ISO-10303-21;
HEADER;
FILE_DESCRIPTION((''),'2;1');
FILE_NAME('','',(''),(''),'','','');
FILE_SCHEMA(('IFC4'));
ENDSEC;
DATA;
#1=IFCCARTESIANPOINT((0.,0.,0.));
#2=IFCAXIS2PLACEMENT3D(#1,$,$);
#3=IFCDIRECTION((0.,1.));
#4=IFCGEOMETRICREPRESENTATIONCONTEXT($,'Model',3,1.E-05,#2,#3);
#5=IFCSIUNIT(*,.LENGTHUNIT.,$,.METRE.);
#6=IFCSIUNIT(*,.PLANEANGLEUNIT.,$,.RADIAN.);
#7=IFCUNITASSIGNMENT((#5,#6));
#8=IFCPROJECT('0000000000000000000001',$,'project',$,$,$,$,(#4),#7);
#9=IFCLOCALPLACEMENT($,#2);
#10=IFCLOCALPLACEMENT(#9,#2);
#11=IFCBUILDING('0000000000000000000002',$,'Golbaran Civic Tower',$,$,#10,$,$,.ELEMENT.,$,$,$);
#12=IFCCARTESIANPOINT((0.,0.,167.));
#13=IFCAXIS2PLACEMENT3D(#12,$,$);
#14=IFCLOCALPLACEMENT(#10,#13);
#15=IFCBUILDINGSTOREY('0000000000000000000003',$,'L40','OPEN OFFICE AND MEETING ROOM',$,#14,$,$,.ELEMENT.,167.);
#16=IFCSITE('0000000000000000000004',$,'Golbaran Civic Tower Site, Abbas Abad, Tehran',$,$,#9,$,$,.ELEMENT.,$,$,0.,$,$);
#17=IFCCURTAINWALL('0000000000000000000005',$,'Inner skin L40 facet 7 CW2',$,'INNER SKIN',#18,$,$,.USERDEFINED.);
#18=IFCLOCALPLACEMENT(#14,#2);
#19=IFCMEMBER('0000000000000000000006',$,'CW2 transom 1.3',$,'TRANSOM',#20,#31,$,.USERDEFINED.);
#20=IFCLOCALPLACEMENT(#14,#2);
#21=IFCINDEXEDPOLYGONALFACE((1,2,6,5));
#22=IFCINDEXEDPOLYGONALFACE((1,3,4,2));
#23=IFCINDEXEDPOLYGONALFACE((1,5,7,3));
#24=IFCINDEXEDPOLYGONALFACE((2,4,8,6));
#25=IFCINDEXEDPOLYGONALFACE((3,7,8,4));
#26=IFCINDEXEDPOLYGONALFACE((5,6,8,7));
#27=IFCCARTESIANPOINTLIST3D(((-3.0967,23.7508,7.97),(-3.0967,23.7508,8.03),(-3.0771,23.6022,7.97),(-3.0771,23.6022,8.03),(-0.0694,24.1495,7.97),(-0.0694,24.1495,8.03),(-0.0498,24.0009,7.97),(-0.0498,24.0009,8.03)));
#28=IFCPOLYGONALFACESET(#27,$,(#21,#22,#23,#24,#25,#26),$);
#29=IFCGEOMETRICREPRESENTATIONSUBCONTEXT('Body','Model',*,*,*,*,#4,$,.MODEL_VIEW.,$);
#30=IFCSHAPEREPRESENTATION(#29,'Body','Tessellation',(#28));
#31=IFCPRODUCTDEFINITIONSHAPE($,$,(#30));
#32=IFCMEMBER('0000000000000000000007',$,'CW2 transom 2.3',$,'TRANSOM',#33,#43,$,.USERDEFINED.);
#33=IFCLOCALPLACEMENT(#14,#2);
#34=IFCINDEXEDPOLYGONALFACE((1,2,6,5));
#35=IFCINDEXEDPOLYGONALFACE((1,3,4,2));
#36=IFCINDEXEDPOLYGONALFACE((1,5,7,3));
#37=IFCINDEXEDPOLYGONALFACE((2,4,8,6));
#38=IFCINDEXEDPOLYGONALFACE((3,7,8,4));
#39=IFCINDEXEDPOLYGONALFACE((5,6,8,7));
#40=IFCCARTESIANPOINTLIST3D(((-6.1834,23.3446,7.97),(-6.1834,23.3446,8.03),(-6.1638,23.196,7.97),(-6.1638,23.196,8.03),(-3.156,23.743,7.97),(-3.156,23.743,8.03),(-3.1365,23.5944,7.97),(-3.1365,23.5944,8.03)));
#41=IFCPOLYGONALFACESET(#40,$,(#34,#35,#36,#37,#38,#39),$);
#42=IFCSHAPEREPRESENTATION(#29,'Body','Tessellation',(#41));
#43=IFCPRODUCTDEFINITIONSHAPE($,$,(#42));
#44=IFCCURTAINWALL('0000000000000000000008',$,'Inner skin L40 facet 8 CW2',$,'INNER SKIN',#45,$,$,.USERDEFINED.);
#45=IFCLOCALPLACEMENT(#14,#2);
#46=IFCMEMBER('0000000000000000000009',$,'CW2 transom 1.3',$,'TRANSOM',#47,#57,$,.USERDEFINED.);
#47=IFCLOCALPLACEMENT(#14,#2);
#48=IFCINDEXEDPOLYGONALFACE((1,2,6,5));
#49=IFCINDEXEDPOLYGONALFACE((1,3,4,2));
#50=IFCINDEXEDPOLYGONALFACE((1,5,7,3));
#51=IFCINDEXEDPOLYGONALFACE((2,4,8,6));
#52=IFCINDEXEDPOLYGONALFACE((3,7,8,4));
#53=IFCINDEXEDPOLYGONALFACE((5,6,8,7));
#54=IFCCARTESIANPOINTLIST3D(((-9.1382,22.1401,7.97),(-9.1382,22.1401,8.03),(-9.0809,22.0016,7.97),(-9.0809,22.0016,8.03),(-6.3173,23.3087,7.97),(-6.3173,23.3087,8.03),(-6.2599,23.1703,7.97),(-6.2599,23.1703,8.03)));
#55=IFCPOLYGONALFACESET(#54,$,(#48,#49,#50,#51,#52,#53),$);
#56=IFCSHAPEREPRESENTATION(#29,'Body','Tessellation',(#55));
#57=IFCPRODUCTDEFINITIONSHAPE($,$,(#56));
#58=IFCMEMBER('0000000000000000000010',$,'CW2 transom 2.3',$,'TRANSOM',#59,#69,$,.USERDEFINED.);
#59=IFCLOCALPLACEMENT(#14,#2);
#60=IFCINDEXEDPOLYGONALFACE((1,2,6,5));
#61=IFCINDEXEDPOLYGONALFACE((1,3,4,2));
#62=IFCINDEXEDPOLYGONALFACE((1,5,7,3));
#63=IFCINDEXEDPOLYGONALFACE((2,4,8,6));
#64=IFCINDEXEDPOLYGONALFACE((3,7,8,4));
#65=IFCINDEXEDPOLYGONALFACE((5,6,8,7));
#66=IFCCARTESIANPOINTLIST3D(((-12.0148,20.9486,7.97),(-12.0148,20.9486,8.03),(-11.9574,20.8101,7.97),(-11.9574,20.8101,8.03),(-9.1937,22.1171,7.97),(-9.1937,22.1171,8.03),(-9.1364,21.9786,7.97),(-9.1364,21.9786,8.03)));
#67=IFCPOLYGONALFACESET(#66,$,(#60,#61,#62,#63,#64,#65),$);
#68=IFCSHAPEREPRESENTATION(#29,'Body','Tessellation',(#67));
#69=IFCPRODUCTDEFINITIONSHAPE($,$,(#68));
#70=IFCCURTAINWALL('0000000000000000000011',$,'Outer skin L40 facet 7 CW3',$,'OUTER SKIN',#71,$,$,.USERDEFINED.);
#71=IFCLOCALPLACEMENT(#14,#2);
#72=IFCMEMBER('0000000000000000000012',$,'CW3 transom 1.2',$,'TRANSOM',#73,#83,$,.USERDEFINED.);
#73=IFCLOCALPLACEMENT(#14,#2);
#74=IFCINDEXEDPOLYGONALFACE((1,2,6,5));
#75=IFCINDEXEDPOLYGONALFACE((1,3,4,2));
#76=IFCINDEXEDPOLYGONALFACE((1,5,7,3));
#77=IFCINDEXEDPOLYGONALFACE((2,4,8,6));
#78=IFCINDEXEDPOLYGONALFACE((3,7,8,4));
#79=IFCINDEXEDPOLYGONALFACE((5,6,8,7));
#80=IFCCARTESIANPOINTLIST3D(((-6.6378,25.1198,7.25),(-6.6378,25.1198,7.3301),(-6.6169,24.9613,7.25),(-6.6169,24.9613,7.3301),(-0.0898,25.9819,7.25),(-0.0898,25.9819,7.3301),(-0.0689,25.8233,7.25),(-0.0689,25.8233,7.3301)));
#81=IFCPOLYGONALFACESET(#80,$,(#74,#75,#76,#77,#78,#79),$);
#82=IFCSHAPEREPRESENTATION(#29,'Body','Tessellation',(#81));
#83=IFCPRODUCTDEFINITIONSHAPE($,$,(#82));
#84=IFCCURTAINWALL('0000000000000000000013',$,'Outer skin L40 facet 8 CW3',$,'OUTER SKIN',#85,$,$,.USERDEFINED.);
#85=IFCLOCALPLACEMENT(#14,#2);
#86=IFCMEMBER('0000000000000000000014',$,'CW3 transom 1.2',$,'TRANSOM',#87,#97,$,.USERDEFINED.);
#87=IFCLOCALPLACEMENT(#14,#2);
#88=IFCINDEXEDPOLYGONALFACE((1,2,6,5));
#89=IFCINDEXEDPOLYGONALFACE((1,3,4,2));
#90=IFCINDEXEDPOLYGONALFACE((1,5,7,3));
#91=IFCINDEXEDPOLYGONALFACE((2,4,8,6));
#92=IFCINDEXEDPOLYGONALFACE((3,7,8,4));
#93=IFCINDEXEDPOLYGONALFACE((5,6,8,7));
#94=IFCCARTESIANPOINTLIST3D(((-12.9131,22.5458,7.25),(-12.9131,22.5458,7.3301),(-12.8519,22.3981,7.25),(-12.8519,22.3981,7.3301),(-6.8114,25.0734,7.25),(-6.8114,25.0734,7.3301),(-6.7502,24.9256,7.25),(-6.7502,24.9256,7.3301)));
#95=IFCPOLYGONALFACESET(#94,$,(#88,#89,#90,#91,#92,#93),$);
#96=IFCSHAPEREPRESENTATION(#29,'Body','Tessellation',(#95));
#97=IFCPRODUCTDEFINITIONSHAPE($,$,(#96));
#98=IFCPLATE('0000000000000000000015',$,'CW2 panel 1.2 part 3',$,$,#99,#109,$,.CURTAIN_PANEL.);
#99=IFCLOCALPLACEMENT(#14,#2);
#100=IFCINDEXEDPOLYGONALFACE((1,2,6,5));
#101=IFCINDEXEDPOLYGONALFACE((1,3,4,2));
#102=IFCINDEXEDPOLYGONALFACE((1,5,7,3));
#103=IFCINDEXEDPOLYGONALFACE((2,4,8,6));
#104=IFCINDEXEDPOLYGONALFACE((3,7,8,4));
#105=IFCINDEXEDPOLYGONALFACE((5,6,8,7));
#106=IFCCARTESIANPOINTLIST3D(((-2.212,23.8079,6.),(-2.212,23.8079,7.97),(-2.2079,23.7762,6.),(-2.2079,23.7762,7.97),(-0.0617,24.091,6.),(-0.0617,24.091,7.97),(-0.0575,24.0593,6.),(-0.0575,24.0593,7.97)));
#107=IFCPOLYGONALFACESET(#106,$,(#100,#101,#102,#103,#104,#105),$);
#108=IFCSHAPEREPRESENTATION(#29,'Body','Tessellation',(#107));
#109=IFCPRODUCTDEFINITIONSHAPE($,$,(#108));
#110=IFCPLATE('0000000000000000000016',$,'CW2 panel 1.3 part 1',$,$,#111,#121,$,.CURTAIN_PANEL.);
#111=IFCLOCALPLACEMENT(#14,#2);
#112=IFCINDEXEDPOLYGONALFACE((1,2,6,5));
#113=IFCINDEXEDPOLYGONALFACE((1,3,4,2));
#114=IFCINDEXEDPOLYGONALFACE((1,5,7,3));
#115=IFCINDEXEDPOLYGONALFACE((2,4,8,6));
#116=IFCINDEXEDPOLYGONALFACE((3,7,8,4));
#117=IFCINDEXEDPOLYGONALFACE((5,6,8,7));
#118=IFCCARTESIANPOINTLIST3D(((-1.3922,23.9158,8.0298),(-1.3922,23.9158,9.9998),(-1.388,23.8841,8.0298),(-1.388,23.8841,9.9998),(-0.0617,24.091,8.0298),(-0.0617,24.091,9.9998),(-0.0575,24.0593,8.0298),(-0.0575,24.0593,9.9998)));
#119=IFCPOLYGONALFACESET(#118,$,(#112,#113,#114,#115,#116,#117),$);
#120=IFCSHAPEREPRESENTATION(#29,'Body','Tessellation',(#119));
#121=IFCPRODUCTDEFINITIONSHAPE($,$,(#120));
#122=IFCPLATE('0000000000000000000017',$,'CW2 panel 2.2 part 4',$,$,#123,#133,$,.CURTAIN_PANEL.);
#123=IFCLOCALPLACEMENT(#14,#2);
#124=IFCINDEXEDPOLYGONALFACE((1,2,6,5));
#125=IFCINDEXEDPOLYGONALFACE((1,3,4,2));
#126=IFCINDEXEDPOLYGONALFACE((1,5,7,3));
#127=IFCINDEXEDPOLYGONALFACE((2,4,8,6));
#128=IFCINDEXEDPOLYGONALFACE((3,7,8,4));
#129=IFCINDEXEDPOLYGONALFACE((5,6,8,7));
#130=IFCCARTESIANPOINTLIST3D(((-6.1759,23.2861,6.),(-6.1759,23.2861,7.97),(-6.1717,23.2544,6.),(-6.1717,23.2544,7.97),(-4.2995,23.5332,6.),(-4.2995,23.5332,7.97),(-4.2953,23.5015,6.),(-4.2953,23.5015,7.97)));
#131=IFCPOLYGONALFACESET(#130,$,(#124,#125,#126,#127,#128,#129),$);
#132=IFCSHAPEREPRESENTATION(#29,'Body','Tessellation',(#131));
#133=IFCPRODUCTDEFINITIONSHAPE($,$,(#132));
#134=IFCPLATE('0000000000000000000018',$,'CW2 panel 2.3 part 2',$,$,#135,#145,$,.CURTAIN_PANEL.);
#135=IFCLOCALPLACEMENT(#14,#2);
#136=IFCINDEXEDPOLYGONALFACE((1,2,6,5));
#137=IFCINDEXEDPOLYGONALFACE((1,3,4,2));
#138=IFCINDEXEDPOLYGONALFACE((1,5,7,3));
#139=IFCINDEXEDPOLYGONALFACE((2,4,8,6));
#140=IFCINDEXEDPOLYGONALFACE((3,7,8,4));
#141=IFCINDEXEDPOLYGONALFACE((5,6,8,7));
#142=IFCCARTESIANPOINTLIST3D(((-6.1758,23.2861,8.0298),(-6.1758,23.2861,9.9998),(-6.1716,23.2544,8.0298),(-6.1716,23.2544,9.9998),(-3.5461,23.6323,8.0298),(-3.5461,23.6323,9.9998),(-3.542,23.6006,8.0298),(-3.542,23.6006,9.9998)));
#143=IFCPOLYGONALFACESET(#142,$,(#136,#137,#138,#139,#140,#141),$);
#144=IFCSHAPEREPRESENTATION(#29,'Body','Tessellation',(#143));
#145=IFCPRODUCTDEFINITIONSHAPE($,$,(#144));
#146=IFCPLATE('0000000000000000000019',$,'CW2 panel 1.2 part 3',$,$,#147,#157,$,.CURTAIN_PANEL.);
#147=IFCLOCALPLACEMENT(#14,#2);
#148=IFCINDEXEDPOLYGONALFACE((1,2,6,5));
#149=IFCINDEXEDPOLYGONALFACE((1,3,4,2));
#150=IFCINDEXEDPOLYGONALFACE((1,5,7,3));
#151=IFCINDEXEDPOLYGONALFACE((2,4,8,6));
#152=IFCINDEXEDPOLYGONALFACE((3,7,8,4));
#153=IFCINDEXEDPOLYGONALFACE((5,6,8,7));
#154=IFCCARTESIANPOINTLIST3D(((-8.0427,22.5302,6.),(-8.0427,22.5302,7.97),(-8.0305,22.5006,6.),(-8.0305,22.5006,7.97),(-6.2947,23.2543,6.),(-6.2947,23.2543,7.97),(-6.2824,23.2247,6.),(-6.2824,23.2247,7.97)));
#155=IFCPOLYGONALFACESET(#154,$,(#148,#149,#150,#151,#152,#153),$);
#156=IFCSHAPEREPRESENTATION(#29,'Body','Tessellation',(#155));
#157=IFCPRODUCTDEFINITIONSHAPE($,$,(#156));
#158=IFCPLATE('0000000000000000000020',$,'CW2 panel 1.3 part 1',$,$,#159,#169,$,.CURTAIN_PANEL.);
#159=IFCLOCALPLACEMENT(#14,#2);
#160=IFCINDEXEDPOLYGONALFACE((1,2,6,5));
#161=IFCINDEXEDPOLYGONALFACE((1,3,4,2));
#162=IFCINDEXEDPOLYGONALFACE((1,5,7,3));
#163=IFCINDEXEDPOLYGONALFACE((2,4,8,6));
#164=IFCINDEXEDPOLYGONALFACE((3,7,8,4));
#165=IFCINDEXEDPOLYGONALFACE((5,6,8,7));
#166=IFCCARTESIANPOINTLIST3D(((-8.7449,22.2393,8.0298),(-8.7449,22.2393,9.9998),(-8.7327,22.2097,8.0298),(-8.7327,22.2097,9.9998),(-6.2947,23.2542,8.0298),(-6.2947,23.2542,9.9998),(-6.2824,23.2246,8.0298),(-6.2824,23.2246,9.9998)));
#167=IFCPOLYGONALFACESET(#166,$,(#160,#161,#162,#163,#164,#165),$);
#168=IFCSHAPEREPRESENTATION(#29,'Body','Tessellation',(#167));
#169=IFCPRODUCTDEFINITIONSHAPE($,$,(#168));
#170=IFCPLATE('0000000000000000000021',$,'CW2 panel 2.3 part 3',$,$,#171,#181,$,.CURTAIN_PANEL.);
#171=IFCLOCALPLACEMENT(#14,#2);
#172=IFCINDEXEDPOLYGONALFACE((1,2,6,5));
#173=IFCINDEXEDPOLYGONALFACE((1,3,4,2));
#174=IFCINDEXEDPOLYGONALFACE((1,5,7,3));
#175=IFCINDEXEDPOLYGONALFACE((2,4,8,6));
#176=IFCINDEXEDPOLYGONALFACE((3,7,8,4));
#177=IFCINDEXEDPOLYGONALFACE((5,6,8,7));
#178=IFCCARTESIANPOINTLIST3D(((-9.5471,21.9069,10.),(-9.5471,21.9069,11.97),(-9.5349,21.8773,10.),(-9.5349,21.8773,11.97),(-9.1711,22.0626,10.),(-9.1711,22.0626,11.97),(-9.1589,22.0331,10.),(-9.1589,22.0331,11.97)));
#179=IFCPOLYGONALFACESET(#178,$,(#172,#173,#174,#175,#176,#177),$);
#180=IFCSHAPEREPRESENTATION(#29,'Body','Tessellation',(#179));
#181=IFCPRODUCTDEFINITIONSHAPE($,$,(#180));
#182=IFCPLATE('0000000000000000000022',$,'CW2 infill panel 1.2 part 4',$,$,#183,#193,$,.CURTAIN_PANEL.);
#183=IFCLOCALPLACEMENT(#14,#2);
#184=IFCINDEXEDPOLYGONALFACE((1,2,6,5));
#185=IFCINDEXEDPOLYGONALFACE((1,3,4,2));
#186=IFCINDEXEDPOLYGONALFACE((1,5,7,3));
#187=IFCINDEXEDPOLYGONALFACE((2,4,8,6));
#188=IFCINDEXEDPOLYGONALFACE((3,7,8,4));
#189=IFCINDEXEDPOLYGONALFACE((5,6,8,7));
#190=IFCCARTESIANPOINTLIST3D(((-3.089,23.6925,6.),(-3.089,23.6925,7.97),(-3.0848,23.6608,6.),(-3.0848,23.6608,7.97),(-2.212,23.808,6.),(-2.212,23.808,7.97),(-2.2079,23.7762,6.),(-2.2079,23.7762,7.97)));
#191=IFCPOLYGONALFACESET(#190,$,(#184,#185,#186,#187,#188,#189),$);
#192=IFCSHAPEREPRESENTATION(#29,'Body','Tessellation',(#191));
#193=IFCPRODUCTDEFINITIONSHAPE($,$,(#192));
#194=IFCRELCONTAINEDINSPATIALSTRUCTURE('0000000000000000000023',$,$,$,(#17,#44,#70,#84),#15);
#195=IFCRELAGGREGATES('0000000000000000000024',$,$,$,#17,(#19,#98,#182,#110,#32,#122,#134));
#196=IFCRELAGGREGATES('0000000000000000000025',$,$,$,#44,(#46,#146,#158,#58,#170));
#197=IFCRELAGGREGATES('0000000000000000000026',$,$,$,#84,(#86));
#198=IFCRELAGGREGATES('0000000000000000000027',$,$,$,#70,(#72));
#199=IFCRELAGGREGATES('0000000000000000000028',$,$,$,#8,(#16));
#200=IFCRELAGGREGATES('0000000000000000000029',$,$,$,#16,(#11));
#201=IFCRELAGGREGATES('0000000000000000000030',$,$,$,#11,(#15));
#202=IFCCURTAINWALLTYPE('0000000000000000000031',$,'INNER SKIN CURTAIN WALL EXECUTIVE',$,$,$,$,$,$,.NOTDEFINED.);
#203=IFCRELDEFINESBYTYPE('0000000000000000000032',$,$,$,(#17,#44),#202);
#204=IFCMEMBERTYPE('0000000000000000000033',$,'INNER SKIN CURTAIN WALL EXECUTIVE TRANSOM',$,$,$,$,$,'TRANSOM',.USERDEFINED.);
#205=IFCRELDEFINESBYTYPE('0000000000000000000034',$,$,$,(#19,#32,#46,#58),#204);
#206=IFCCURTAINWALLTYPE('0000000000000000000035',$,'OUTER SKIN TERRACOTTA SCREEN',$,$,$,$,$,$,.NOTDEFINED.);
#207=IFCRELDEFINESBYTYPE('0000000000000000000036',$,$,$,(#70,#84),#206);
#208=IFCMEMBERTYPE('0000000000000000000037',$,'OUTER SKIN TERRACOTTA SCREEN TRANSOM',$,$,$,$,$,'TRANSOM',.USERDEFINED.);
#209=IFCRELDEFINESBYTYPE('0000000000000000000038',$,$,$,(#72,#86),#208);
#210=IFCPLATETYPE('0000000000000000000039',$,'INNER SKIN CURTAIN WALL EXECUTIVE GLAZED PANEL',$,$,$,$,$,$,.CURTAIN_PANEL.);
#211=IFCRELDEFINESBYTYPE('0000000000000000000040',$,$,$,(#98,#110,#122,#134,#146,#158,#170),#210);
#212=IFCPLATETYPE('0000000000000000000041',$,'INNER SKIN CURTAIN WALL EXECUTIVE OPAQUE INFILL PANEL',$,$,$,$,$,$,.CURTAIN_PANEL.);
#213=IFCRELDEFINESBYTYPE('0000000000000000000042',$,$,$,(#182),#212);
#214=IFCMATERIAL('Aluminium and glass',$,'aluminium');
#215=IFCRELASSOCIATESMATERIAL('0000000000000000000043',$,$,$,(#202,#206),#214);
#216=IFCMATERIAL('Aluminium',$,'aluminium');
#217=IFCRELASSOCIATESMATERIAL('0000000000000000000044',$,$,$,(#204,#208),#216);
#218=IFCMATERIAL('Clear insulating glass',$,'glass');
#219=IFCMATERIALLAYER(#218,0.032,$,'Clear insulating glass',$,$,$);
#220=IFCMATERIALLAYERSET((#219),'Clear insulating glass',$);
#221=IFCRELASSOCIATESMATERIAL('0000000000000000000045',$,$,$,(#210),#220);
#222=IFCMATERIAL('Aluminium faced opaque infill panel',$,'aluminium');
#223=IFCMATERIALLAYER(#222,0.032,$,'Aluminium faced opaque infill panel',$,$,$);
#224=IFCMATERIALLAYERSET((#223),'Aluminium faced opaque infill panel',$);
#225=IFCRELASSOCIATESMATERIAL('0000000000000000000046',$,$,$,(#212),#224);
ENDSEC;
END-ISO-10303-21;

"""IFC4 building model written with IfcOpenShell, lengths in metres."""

from ifc_helpers import new_model, si_unit, direction, frame, origin, origin_2d, place, context, subcontext, project, spatial, rectangle, extrude, material, layer, layer_set, material_profile, profile_set, type_object, element, aggregate, save


model = new_model("IFC4")

# Units and contexts
model_context = context("Model", 3, precision=1e-05, world=origin(), true_north=direction((0.0, 1.0)))
body_context = subcontext(model_context, "Body", "Model", "MODEL_VIEW")
ifc_project = project(units=[si_unit("LENGTHUNIT", "METRE"), si_unit("PLANEANGLEUNIT", "RADIAN")], contexts=[model_context])

# Site, building, storey
site_placement = place(None, origin())
site = spatial("IfcSite", under=ifc_project, at=site_placement, Name="Golbaran Civic Tower Site, Abbas Abad, Tehran", CompositionType="ELEMENT", RefElevation=0.0)
building_placement = place(site_placement, origin())
building = spatial("IfcBuilding", under=site, at=building_placement, Name="Golbaran Civic Tower", CompositionType="ELEMENT")
storey_placement = place(building_placement, frame((0.0, 0.0, 167.0)))
storey = spatial("IfcBuildingStorey", under=building, at=storey_placement, Name="L40", Description="OPEN OFFICE AND MEETING ROOM", CompositionType="ELEMENT", Elevation=167.0)

# Curtain walls, members
ifc_material_1 = material(Name="Aluminium and glass", Category="aluminium")
curtain_wall_type_1 = type_object("IfcCurtainWallType", Name="INNER SKIN CURTAIN WALL EXECUTIVE", PredefinedType="NOTDEFINED", material=ifc_material_1)
curtain_wall_1_placement = place(storey_placement, origin())
curtain_wall_1 = element("IfcCurtainWall", 1, at=curtain_wall_1_placement, inside=storey, type_object=curtain_wall_type_1, Name="Inner skin L40 facet 7 CW2", ObjectType="INNER SKIN", PredefinedType="USERDEFINED")
ifc_material_2 = material(Name="Aluminium", Category="aluminium")
ifc_material_profile_1 = material_profile(ifc_material_2, rectangle(XDim=0.1499, YDim=0.0601, at=origin_2d()), Name="INNER SKIN CURTAIN WALL EXECUTIVE TRANSOM")
ifc_profile_set_1 = profile_set([ifc_material_profile_1], Name="Aluminium")
member_type_1 = type_object("IfcMemberType", Name="INNER SKIN CURTAIN WALL EXECUTIVE TRANSOM", ElementType="TRANSOM", PredefinedType="USERDEFINED", material=ifc_profile_set_1)
member_1_placement = place(storey_placement, frame((-0.0596, 24.0752, 8.0), z_axis=(-0.99144, -0.130566, 0.0), x_axis=(0.130566, -0.99144, 0.0)))
member_1 = element("IfcMember", 2, at=member_1_placement, type_object=member_type_1, Name="CW2 transom 1.3", ObjectType="TRANSOM", PredefinedType="USERDEFINED", context=body_context, shape_type="SweptSolid", body=[
    extrude(rectangle(XDim=0.1499, YDim=0.0601, at=origin_2d()), origin(), (0.0, 0.0, 1.0), 3.0535),
])
member_2_placement = place(storey_placement, frame((-3.1462, 23.6687, 8.0), z_axis=(-0.99145, -0.130488, 0.0), x_axis=(0.130488, -0.99145, 0.0)))
member_2 = element("IfcMember", 3, at=member_2_placement, type_object=member_type_1, Name="CW2 transom 2.3", ObjectType="TRANSOM", PredefinedType="USERDEFINED", context=body_context, shape_type="SweptSolid", body=[
    extrude(rectangle(XDim=0.1499, YDim=0.0601, at=origin_2d()), origin(), (0.0, 0.0, 1.0), 3.0535),
])
curtain_wall_2_placement = place(storey_placement, origin())
curtain_wall_2 = element("IfcCurtainWall", 4, at=curtain_wall_2_placement, inside=storey, type_object=curtain_wall_type_1, Name="Inner skin L40 facet 8 CW2", ObjectType="INNER SKIN", PredefinedType="USERDEFINED")
member_3_placement = place(storey_placement, frame((-6.2886, 23.2395, 8.0), z_axis=(-0.923858, -0.382735, 0.0), x_axis=(0.382735, -0.923858, 0.0)))
member_3 = element("IfcMember", 5, at=member_3_placement, type_object=member_type_1, Name="CW2 transom 1.3", ObjectType="TRANSOM", PredefinedType="USERDEFINED", context=body_context, shape_type="SweptSolid", body=[
    extrude(rectangle(XDim=0.1499, YDim=0.0601, at=origin_2d()), origin(), (0.0, 0.0, 1.0), 3.0535),
])
member_4_placement = place(storey_placement, frame((-9.165, 22.0479, 8.0), z_axis=(-0.923886, -0.382667, 0.0), x_axis=(0.382667, -0.923886, 0.0)))
member_4 = element("IfcMember", 6, at=member_4_placement, type_object=member_type_1, Name="CW2 transom 2.3", ObjectType="TRANSOM", PredefinedType="USERDEFINED", context=body_context, shape_type="SweptSolid", body=[
    extrude(rectangle(XDim=0.1499, YDim=0.0601, at=origin_2d()), origin(), (0.0, 0.0, 1.0), 3.0535),
])

# Curtain walls, members
curtain_wall_type_2 = type_object("IfcCurtainWallType", Name="OUTER SKIN TERRACOTTA SCREEN", PredefinedType="NOTDEFINED", material=ifc_material_1)
curtain_wall_3_placement = place(storey_placement, origin())
curtain_wall_3 = element("IfcCurtainWall", 7, at=curtain_wall_3_placement, inside=storey, type_object=curtain_wall_type_2, Name="Outer skin L40 facet 7 CW3", ObjectType="OUTER SKIN", PredefinedType="USERDEFINED")
ifc_material_profile_2 = material_profile(ifc_material_2, rectangle(XDim=0.1599, YDim=0.0801, at=origin_2d()), Name="OUTER SKIN TERRACOTTA SCREEN TRANSOM")
ifc_profile_set_2 = profile_set([ifc_material_profile_2], Name="Aluminium")
member_type_2 = type_object("IfcMemberType", Name="OUTER SKIN TERRACOTTA SCREEN TRANSOM", ElementType="TRANSOM", PredefinedType="USERDEFINED", material=ifc_profile_set_2)
member_5_placement = place(storey_placement, frame((-0.0793, 25.9026, 7.29), z_axis=(-0.991445, -0.130524, 0.0), x_axis=(0.130524, -0.991445, 0.0)))
member_5 = element("IfcMember", 8, at=member_5_placement, type_object=member_type_2, Name="CW3 transom 1.2", ObjectType="TRANSOM", PredefinedType="USERDEFINED", context=body_context, shape_type="SweptSolid", body=[
    extrude(rectangle(XDim=0.1599, YDim=0.0801, at=origin_2d()), origin(), (0.0, 0.0, 1.0), 6.6045),
])
curtain_wall_4_placement = place(storey_placement, origin())
curtain_wall_4 = element("IfcCurtainWall", 9, at=curtain_wall_4_placement, inside=storey, type_object=curtain_wall_type_2, Name="Outer skin L40 facet 8 CW3", ObjectType="OUTER SKIN", PredefinedType="USERDEFINED")
member_6_placement = place(storey_placement, frame((-6.7808, 24.9995, 7.29), z_axis=(-0.923872, -0.382701, 0.0), x_axis=(0.382701, -0.923872, 0.0)))
member_6 = element("IfcMember", 10, at=member_6_placement, type_object=member_type_2, Name="CW3 transom 1.2", ObjectType="TRANSOM", PredefinedType="USERDEFINED", context=body_context, shape_type="SweptSolid", body=[
    extrude(rectangle(XDim=0.1599, YDim=0.0801, at=origin_2d()), origin(), (0.0, 0.0, 1.0), 6.6045),
])

# Plates
ifc_material_3 = material(Name="Clear insulating glass", Category="glass")
ifc_layer_1 = layer(ifc_material_3, 0.032, Name="Clear insulating glass")
ifc_layer_set_1 = layer_set([ifc_layer_1], Name="Clear insulating glass")
plate_type_1 = type_object("IfcPlateType", Name="INNER SKIN CURTAIN WALL EXECUTIVE GLAZED PANEL", PredefinedType="CURTAIN_PANEL", material=ifc_layer_set_1)
plate_1_placement = place(storey_placement, frame((-1.1348, 23.9336, 6.0), z_axis=(0.0, 0.0, 1.0), x_axis=(-0.991445, -0.130526, 0.0)))
plate_1 = element("IfcPlate", 11, at=plate_1_placement, type_object=plate_type_1, Name="CW2 panel 1.2 part 3", PredefinedType="CURTAIN_PANEL", context=body_context, shape_type="SweptSolid", body=[
    extrude(rectangle(XDim=2.1689, YDim=0.032, at=origin_2d()), origin(), (0.0, 0.0, 1.0), 1.97),
])
plate_2_placement = place(storey_placement, frame((-0.7249, 23.9875, 8.0298), z_axis=(0.0, 0.0, 1.0), x_axis=(-0.991445, -0.130526, 0.0)))
plate_2 = element("IfcPlate", 12, at=plate_2_placement, type_object=plate_type_1, Name="CW2 panel 1.3 part 1", PredefinedType="CURTAIN_PANEL", context=body_context, shape_type="SweptSolid", body=[
    extrude(rectangle(XDim=1.342, YDim=0.032, at=origin_2d()), origin(), (0.0, 0.0, 1.0), 1.97),
])
plate_3_placement = place(storey_placement, frame((-5.2356, 23.3938, 6.0), z_axis=(0.0, 0.0, 1.0), x_axis=(-0.991445, -0.130526, 0.0)))
plate_3 = element("IfcPlate", 13, at=plate_3_placement, type_object=plate_type_1, Name="CW2 panel 2.2 part 4", PredefinedType="CURTAIN_PANEL", context=body_context, shape_type="SweptSolid", body=[
    extrude(rectangle(XDim=1.8926, YDim=0.032, at=origin_2d()), origin(), (0.0, 0.0, 1.0), 1.97),
])
plate_4_placement = place(storey_placement, frame((-4.8589, 23.4434, 8.0298), z_axis=(0.0, 0.0, 1.0), x_axis=(-0.991445, -0.130526, 0.0)))
plate_4 = element("IfcPlate", 14, at=plate_4_placement, type_object=plate_type_1, Name="CW2 panel 2.3 part 2", PredefinedType="CURTAIN_PANEL", context=body_context, shape_type="SweptSolid", body=[
    extrude(rectangle(XDim=2.6523, YDim=0.032, at=origin_2d()), origin(), (0.0, 0.0, 1.0), 1.97),
])
plate_5_placement = place(storey_placement, frame((-7.1626, 22.8774, 6.0), z_axis=(0.0, 0.0, 1.0), x_axis=(-0.92388, -0.382683, 0.0)))
plate_5 = element("IfcPlate", 15, at=plate_5_placement, type_object=plate_type_1, Name="CW2 panel 1.2 part 3", PredefinedType="CURTAIN_PANEL", context=body_context, shape_type="SweptSolid", body=[
    extrude(rectangle(XDim=1.8921, YDim=0.032, at=origin_2d()), origin(), (0.0, 0.0, 1.0), 1.97),
])
plate_6_placement = place(storey_placement, frame((-7.5137, 22.7319, 8.0298), z_axis=(0.0, 0.0, 1.0), x_axis=(-0.92388, -0.382683, 0.0)))
plate_6 = element("IfcPlate", 16, at=plate_6_placement, type_object=plate_type_1, Name="CW2 panel 1.3 part 1", PredefinedType="CURTAIN_PANEL", context=body_context, shape_type="SweptSolid", body=[
    extrude(rectangle(XDim=2.6521, YDim=0.032, at=origin_2d()), origin(), (0.0, 0.0, 1.0), 1.97),
])
plate_7_placement = place(storey_placement, frame((-9.353, 21.97, 10.0), z_axis=(0.0, 0.0, 1.0), x_axis=(-0.92388, -0.382683, 0.0)))
plate_7 = element("IfcPlate", 17, at=plate_7_placement, type_object=plate_type_1, Name="CW2 panel 2.3 part 3", PredefinedType="CURTAIN_PANEL", context=body_context, shape_type="SweptSolid", body=[
    extrude(rectangle(XDim=0.407, YDim=0.032, at=origin_2d()), origin(), (0.0, 0.0, 1.0), 1.97),
])
ifc_material_4 = material(Name="Aluminium faced opaque infill panel", Category="aluminium")
ifc_layer_2 = layer(ifc_material_4, 0.032, Name="Aluminium faced opaque infill panel")
ifc_layer_set_2 = layer_set([ifc_layer_2], Name="Aluminium faced opaque infill panel")
plate_type_2 = type_object("IfcPlateType", Name="INNER SKIN CURTAIN WALL EXECUTIVE OPAQUE INFILL PANEL", PredefinedType="CURTAIN_PANEL", material=ifc_layer_set_2)
plate_8_placement = place(storey_placement, frame((-2.6484, 23.7344, 6.0), z_axis=(0.0, 0.0, 1.0), x_axis=(-0.991445, -0.130526, 0.0)))
plate_8 = element("IfcPlate", 18, at=plate_8_placement, type_object=plate_type_2, Name="CW2 infill panel 1.2 part 4", PredefinedType="CURTAIN_PANEL", context=body_context, shape_type="SweptSolid", body=[
    extrude(rectangle(XDim=0.8845, YDim=0.032, at=origin_2d()), origin(), (0.0, 0.0, 1.0), 1.97),
])
aggregate(curtain_wall_1, [member_1, plate_1, plate_8, plate_2, member_2, plate_3, plate_4])
aggregate(curtain_wall_2, [member_3, plate_5, plate_6, member_4, plate_7])
aggregate(curtain_wall_4, [member_6])
aggregate(curtain_wall_3, [member_5])

save(model, "model.ifc")
